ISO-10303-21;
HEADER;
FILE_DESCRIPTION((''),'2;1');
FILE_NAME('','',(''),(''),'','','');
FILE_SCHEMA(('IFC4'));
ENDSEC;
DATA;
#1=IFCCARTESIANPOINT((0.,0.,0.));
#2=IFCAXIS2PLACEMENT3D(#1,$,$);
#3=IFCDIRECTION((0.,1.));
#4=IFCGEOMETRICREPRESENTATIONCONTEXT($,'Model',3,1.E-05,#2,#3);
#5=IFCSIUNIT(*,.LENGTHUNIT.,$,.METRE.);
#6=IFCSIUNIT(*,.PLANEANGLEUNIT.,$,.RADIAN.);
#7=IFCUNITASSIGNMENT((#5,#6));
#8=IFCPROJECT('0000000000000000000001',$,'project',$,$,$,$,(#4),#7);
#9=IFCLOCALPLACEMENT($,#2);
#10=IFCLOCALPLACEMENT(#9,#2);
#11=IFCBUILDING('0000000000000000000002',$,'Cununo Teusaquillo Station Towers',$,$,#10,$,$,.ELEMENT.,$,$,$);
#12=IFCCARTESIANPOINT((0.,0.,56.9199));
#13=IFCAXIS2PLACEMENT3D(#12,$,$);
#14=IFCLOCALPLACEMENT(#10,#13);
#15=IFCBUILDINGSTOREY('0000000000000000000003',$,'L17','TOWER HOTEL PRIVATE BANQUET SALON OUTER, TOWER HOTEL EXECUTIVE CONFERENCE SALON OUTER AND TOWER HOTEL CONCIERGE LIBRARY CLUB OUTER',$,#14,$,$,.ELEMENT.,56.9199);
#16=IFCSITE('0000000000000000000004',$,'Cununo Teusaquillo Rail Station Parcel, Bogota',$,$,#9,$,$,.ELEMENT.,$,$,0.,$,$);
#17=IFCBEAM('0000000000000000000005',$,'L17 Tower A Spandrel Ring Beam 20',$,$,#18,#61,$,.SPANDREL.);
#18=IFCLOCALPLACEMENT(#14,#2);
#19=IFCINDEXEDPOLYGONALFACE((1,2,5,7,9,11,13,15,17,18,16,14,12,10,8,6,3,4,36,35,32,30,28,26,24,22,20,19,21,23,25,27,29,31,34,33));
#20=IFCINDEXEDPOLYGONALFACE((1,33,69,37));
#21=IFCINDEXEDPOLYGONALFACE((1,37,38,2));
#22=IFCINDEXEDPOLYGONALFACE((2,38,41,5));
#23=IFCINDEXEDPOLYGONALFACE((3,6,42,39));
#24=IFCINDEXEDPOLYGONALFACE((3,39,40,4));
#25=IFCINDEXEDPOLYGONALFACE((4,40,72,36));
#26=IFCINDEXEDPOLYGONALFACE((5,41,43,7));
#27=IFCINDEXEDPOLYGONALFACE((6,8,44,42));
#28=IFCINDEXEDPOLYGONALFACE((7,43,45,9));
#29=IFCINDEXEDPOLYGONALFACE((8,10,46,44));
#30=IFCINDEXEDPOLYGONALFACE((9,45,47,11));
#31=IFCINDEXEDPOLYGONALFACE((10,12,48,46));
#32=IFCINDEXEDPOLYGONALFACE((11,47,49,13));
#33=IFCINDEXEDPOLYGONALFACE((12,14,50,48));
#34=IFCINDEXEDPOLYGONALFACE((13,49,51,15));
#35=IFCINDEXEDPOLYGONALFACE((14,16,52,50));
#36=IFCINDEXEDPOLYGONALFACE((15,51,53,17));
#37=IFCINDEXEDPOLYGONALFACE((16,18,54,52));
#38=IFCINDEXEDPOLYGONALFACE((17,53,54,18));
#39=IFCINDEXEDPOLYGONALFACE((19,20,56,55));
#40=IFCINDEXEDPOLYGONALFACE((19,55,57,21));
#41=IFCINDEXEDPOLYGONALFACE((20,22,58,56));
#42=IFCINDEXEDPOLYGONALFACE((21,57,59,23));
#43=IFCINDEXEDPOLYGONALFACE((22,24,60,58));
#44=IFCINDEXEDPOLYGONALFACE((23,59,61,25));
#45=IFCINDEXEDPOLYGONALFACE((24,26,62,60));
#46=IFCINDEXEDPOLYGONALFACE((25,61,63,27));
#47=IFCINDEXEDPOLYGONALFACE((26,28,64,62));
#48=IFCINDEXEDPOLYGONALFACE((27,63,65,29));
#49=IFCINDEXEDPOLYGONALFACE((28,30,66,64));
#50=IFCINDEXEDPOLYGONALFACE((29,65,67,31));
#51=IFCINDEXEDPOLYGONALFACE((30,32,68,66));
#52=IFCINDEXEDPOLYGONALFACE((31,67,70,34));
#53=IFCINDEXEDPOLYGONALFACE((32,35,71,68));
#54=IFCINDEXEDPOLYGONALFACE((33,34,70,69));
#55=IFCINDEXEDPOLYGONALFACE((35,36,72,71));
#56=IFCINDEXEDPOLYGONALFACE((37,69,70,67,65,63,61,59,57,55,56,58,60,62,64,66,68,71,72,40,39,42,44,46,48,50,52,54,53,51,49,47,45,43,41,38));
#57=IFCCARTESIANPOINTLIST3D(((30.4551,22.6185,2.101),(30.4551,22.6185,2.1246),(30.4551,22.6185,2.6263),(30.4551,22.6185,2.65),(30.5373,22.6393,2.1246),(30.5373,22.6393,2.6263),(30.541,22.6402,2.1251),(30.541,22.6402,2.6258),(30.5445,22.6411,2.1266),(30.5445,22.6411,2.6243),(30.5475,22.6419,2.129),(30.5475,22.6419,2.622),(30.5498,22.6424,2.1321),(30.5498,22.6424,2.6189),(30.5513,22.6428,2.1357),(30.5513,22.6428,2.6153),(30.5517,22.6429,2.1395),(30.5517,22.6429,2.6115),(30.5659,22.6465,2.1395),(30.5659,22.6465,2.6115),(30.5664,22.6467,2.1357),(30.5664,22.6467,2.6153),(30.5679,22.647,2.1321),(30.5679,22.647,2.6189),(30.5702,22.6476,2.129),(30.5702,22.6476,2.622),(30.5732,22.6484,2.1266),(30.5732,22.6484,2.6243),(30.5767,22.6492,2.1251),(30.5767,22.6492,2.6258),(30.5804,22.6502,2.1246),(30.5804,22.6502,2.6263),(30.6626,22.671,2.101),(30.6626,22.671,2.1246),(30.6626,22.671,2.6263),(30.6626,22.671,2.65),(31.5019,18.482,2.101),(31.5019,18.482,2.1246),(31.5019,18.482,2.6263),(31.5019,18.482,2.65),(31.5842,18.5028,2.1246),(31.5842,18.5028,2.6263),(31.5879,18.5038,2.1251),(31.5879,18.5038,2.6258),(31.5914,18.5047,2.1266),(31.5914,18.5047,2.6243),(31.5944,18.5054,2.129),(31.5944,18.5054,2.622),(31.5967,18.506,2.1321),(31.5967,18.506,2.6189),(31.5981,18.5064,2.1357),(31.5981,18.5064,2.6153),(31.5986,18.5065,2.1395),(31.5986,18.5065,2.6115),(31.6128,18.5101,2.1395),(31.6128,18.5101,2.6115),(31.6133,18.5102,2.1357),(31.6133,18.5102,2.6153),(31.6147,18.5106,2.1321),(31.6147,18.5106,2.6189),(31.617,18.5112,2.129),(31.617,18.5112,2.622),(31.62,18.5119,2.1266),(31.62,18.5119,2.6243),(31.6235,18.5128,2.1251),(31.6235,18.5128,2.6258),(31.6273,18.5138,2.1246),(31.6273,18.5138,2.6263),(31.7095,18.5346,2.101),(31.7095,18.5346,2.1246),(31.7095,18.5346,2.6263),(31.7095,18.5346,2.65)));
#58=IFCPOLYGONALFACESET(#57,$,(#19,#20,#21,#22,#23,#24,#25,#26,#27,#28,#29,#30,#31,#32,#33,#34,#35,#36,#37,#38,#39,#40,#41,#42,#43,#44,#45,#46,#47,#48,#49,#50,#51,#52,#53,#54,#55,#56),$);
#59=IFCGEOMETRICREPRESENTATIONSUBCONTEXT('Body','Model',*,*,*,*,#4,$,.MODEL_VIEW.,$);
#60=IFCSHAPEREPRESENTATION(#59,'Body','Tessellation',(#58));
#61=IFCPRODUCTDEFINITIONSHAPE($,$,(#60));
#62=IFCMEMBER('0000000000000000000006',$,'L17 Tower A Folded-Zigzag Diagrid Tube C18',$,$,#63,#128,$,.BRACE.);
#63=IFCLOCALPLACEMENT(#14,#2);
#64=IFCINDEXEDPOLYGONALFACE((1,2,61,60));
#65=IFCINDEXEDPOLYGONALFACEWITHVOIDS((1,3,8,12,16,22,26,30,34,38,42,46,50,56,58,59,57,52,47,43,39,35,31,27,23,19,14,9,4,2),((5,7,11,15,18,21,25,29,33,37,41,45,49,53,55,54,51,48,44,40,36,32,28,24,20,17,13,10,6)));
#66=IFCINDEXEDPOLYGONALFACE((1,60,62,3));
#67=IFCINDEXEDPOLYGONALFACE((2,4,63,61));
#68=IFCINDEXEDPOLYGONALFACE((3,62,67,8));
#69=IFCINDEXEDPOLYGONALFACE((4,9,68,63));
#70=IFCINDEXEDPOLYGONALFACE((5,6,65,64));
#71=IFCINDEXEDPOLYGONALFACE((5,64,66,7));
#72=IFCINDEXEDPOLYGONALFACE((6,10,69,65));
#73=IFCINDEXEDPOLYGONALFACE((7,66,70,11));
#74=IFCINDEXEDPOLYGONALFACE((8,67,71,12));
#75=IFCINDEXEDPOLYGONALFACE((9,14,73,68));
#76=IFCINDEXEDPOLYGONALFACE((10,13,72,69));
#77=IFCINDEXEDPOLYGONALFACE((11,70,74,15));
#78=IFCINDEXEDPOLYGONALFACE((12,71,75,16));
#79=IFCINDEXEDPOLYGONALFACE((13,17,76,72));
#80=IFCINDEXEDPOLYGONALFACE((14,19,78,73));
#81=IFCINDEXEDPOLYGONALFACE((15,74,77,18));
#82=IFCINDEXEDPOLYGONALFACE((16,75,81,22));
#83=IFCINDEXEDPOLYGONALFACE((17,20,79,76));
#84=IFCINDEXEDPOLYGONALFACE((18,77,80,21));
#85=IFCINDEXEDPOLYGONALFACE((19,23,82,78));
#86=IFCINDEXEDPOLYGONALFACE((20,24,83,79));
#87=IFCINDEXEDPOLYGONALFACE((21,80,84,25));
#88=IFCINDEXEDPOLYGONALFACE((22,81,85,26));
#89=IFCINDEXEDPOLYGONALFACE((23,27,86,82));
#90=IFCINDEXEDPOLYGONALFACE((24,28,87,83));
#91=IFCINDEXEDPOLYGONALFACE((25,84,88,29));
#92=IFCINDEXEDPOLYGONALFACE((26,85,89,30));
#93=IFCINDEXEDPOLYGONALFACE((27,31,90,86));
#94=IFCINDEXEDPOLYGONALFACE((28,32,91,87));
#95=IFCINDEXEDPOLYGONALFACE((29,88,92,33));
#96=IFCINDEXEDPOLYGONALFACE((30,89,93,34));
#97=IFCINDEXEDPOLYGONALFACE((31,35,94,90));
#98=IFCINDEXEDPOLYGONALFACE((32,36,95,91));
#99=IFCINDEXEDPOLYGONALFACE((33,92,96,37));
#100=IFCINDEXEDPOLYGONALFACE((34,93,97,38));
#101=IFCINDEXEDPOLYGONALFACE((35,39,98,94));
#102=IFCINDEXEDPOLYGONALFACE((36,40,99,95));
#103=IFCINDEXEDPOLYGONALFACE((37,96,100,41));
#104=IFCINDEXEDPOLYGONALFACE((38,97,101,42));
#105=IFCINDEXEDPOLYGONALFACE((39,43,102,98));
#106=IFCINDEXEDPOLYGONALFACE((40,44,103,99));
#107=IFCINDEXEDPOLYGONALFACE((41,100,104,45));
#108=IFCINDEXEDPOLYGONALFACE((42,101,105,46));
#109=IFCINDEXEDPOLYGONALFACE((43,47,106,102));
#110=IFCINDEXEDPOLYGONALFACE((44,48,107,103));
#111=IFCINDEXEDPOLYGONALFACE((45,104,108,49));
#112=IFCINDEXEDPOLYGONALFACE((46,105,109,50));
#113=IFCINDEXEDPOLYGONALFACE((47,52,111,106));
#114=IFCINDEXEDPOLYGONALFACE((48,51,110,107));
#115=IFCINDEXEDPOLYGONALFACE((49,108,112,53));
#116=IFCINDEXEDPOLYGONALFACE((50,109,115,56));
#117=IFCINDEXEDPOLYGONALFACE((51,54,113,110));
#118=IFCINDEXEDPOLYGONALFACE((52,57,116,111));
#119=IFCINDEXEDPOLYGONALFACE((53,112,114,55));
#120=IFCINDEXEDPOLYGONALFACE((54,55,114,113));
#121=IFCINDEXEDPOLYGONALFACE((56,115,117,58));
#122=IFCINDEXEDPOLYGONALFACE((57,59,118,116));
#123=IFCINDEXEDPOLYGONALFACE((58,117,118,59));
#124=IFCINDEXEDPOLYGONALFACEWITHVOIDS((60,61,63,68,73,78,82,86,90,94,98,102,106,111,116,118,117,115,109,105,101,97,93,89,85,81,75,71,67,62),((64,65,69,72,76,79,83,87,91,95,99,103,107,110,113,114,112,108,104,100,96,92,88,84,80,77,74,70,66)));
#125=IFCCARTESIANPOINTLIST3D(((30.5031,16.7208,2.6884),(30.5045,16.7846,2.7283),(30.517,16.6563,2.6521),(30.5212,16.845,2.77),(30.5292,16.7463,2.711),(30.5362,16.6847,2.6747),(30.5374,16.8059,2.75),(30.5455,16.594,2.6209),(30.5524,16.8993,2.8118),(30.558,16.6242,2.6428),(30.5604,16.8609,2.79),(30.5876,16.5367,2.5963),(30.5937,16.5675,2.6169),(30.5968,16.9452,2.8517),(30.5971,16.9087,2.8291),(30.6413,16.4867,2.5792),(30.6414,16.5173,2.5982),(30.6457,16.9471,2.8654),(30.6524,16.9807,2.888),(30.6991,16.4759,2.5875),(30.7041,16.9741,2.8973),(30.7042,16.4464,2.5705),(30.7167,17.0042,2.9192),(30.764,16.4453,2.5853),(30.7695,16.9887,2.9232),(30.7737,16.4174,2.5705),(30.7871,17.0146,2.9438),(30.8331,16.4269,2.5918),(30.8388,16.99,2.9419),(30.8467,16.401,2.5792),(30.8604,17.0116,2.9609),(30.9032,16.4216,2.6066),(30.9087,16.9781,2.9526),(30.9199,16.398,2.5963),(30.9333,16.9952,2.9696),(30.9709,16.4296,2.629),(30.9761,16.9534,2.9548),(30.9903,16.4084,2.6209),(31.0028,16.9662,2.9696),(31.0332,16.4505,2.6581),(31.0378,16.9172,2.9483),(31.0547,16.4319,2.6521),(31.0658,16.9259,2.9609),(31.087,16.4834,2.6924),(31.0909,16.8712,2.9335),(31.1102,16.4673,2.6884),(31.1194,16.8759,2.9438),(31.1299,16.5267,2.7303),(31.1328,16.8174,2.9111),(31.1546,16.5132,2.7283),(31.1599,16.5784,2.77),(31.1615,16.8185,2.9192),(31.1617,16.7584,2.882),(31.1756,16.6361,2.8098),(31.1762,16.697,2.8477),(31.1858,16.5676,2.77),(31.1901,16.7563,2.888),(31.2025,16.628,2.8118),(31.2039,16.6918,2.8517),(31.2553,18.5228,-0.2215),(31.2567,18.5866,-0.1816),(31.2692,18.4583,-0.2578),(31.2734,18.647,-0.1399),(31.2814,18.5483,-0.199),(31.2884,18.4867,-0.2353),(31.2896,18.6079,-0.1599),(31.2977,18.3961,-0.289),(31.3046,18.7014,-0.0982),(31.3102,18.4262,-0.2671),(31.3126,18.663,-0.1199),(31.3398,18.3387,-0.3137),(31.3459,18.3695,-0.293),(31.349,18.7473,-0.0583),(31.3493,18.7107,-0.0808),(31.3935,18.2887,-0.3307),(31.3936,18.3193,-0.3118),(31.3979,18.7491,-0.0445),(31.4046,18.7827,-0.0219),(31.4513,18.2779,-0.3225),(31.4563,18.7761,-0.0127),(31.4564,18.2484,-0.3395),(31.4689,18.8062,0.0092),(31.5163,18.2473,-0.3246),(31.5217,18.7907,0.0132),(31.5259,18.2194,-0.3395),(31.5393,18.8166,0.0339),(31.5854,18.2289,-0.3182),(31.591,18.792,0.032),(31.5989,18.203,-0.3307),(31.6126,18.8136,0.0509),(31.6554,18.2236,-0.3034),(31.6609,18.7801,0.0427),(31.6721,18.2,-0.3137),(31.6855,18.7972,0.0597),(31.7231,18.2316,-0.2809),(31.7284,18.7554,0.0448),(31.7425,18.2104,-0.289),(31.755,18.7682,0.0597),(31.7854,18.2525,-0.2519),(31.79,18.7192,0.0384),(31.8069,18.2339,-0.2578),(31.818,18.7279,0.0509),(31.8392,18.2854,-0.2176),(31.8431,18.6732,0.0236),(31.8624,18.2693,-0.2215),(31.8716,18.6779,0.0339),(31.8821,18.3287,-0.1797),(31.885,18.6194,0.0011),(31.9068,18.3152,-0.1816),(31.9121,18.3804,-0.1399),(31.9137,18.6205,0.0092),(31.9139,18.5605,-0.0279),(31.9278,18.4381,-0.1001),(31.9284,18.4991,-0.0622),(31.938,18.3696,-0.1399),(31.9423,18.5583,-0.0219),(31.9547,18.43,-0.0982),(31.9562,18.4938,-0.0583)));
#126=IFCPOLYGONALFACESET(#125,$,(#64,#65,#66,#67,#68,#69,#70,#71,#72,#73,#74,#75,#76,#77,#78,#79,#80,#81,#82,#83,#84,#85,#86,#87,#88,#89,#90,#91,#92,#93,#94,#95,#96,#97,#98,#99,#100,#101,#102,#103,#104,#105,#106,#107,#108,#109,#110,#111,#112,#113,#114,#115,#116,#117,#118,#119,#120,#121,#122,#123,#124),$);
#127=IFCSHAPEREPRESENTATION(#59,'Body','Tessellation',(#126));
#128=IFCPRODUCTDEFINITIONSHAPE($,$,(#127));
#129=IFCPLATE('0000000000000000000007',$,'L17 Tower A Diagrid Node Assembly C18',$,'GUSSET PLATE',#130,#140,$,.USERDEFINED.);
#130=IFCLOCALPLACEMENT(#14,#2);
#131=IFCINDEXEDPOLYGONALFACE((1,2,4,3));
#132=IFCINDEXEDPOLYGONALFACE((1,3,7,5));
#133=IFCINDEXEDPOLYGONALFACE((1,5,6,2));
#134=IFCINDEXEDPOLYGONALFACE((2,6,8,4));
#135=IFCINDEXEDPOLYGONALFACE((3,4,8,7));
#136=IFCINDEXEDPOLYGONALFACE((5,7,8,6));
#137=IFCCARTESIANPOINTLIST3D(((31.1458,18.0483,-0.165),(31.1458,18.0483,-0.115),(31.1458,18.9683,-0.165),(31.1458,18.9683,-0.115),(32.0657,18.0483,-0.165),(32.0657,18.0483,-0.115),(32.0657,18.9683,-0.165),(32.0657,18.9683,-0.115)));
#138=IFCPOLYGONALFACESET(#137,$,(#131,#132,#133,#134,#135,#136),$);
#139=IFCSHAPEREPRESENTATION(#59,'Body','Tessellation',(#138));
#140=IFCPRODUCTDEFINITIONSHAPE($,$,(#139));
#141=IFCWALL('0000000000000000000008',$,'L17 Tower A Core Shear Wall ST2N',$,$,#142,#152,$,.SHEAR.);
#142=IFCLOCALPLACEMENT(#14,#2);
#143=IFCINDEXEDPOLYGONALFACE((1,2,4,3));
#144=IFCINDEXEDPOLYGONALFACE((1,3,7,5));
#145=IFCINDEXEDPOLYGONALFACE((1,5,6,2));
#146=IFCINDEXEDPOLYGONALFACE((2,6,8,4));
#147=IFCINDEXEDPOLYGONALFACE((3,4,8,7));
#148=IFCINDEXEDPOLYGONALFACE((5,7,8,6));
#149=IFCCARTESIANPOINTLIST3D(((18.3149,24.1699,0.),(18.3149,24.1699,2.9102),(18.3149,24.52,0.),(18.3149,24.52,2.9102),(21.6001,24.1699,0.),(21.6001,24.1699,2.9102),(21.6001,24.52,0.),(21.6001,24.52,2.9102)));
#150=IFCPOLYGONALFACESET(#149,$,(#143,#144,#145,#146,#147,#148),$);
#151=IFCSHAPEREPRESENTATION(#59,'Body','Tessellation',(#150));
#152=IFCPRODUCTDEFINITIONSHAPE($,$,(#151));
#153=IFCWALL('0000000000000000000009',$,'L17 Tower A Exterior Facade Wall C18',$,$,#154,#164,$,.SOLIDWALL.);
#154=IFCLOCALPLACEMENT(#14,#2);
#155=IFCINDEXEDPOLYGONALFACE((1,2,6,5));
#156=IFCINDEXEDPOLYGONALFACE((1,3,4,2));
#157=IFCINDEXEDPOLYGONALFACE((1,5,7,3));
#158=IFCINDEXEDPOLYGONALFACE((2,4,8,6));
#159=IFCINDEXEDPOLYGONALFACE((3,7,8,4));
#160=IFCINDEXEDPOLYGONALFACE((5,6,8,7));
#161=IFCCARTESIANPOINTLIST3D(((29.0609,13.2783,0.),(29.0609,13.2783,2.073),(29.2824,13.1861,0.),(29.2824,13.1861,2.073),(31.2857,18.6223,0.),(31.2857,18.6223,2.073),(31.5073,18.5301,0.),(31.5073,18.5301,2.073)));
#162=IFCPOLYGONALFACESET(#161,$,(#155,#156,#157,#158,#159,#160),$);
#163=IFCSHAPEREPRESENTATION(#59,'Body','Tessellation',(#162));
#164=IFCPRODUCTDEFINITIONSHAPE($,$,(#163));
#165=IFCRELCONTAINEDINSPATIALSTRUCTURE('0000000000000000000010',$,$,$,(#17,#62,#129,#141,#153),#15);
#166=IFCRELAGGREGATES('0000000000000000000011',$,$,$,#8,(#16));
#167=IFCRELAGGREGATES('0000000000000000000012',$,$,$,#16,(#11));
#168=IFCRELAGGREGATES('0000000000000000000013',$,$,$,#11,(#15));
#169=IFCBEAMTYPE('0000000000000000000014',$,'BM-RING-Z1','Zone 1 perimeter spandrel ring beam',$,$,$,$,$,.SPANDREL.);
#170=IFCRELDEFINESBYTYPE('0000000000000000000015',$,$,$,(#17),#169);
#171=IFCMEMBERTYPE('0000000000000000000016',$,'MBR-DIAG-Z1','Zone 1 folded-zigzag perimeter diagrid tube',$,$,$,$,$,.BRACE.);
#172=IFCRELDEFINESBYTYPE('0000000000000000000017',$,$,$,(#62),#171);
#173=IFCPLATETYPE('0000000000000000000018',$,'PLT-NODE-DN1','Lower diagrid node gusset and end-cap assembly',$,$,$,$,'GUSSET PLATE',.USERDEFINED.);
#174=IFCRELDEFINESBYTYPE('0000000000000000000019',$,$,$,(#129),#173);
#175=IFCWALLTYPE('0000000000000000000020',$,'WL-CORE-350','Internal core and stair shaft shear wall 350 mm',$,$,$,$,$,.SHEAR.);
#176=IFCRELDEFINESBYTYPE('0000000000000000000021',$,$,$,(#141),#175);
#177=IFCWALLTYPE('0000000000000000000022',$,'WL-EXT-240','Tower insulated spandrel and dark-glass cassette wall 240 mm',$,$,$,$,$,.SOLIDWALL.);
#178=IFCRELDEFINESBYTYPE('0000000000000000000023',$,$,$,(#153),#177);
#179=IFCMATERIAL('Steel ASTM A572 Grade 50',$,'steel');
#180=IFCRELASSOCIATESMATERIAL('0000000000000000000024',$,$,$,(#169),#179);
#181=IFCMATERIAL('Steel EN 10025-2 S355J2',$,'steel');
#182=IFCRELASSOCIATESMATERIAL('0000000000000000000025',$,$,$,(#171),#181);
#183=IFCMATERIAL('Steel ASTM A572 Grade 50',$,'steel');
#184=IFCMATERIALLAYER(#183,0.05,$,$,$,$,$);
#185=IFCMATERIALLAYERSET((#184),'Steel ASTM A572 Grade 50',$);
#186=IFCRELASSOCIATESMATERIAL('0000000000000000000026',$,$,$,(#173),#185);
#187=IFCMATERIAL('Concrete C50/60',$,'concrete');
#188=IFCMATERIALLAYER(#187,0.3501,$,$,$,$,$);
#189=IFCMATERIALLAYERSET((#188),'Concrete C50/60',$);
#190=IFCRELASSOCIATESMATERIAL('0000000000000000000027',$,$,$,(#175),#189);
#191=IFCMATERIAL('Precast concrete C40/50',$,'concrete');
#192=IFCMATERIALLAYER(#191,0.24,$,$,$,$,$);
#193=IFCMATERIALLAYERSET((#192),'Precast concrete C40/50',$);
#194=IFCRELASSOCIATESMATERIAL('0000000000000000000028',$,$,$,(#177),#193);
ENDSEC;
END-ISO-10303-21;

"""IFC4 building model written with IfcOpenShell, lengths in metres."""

from ifc_helpers import new_model, si_unit, direction, frame, frame_2d, origin, origin_2d, place, context, subcontext, project, spatial, rectangle, hollow_circle, i_section, extrude, source, transform, mapped, material, layer, layer_set, material_profile, profile_set, type_object, element, save


model = new_model("IFC4")

# Units and contexts
model_context = context("Model", 3, precision=1e-05, world=origin(), true_north=direction((0.0, 1.0)))
body_context = subcontext(model_context, "Body", "Model", "MODEL_VIEW")
ifc_project = project(units=[si_unit("LENGTHUNIT", "METRE"), si_unit("PLANEANGLEUNIT", "RADIAN")], contexts=[model_context])

# Site, building, storey
site_placement = place(None, origin())
site = spatial("IfcSite", under=ifc_project, at=site_placement, Name="Cununo Teusaquillo Rail Station Parcel, Bogota", CompositionType="ELEMENT", RefElevation=0.0)
building_placement = place(site_placement, origin())
building = spatial("IfcBuilding", under=site, at=building_placement, Name="Cununo Teusaquillo Station Towers", CompositionType="ELEMENT")
storey_placement = place(building_placement, frame((0.0, 0.0, 56.9199)))
storey = spatial("IfcBuildingStorey", under=building, at=storey_placement, Name="L17", Description="TOWER HOTEL PRIVATE BANQUET SALON OUTER, TOWER HOTEL EXECUTIVE CONFERENCE SALON OUTER AND TOWER HOTEL CONCIERGE LIBRARY CLUB OUTER", CompositionType="ELEMENT", Elevation=56.9199)

# Beam
ifc_material_1 = material(Name="Steel ASTM A572 Grade 50", Category="steel")
ifc_material_profile_1 = material_profile(ifc_material_1, i_section(OverallWidth=0.2141, OverallDepth=0.5491, WebThickness=0.0146, FlangeThickness=0.0237, FilletRadius=0.0149, at=origin_2d()), Name="W21X93")
ifc_profile_set_1 = profile_set([ifc_material_profile_1], Name="Steel ASTM A572 Grade 50")
beam_type_1 = type_object("IfcBeamType", Name="BM-RING-Z1", Description="Zone 1 perimeter spandrel ring beam", PredefinedType="SPANDREL", material=ifc_profile_set_1)
beam_1_placement = place(storey_placement, frame((31.6057, 18.5083, 2.3755), z_axis=(-0.245348, 0.969435, 0.0), x_axis=(-0.969435, -0.245348, 0.0)))
element("IfcBeam", 1, at=beam_1_placement, inside=storey, type_object=beam_type_1, Name="L17 Tower A Spandrel Ring Beam 20", PredefinedType="SPANDREL", context=body_context, shape_type="SweptSolid", body=[
    extrude(i_section(OverallWidth=0.2141, OverallDepth=0.5491, WebThickness=0.0146, FlangeThickness=0.0237, FilletRadius=0.0149, at=origin_2d()), origin(), (0.0, 0.0, 1.0), 4.2668),
])

# Member
ifc_material_2 = material(Name="Steel EN 10025-2 S355J2", Category="steel")
ifc_material_profile_2 = material_profile(ifc_material_2, hollow_circle(Radius=0.3601, WallThickness=0.0281, at=origin_2d()), Name="CHS 720x28")
ifc_profile_set_2 = profile_set([ifc_material_profile_2], Name="Steel EN 10025-2 S355J2")
member_type = type_object("IfcMemberType", Name="MBR-DIAG-Z1", Description="Zone 1 folded-zigzag perimeter diagrid tube", PredefinedType="BRACE", material=ifc_profile_set_2)
member_placement = place(storey_placement, frame((31.6057, 18.5083, -0.1399), z_axis=(-0.214646, -0.514216, 0.830367), x_axis=(0.922829, -0.38521, 0.0)))
element("IfcMember", 2, at=member_placement, inside=storey, type_object=member_type, Name="L17 Tower A Folded-Zigzag Diagrid Tube C18", PredefinedType="BRACE", context=body_context, shape_type="SweptSolid", body=[
    extrude(hollow_circle(Radius=0.3601, WallThickness=0.0281, at=origin_2d()), origin(), (0.0, 0.0, 1.0), 3.5044),
])

# Plate
ifc_material_3 = material(Name="Steel ASTM A572 Grade 50", Category="steel")
ifc_layer_1 = layer(ifc_material_3, 0.05)
ifc_layer_set_1 = layer_set([ifc_layer_1], Name="Steel ASTM A572 Grade 50")
plate_type = type_object("IfcPlateType", Name="PLT-NODE-DN1", Description="Lower diagrid node gusset and end-cap assembly", ElementType="GUSSET PLATE", PredefinedType="USERDEFINED", material=ifc_layer_set_1)
shared_shape_1 = source(origin(), body_context, "Body", "SweptSolid", [
    extrude(rectangle(XDim=0.9199, YDim=0.9199, at=origin_2d()), origin(), (0.0, 0.0, 1.0), 0.05),
])
plate_placement = place(storey_placement, frame((31.6057, 18.5083, -0.165), z_axis=(0.0, 0.0, 1.0), x_axis=(1.0, 0.0, 0.0)))
element("IfcPlate", 3, at=plate_placement, inside=storey, type_object=plate_type, Name="L17 Tower A Diagrid Node Assembly C18", ObjectType="GUSSET PLATE", PredefinedType="USERDEFINED", context=body_context, shape_type="MappedRepresentation", body=[
    mapped(shared_shape_1, transform((0.0, 0.0, 0.0), x_axis=(1.0, 0.0, 0.0), y_axis=(0.0, 1.0, 0.0), z_axis=(0.0, 0.0, 1.0), scale=1.0)),
])

# Walls
ifc_material_4 = material(Name="Concrete C50/60", Category="concrete")
ifc_layer_2 = layer(ifc_material_4, 0.3501)
ifc_layer_set_2 = layer_set([ifc_layer_2], Name="Concrete C50/60")
wall_type_1 = type_object("IfcWallType", Name="WL-CORE-350", Description="Internal core and stair shaft shear wall 350 mm", PredefinedType="SHEAR", material=ifc_layer_set_2)
wall_1_placement = place(storey_placement, frame((18.3149, 24.345, 0.0), z_axis=(0.0, 0.0, 1.0), x_axis=(1.0, 0.0, 0.0)))
element("IfcWall", 4, at=wall_1_placement, inside=storey, type_object=wall_type_1, Name="L17 Tower A Core Shear Wall ST2N", PredefinedType="SHEAR", context=body_context, shape_type="SweptSolid", body=[
    extrude(rectangle(XDim=3.2852, YDim=0.3501, at=frame_2d((1.6426, 0.0))), origin(), (0.0, 0.0, 1.0), 2.9102),
])
ifc_material_5 = material(Name="Precast concrete C40/50", Category="concrete")
ifc_layer_3 = layer(ifc_material_5, 0.24)
ifc_layer_set_3 = layer_set([ifc_layer_3], Name="Precast concrete C40/50")
wall_type_2 = type_object("IfcWallType", Name="WL-EXT-240", Description="Tower insulated spandrel and dark-glass cassette wall 240 mm", PredefinedType="SOLIDWALL", material=ifc_layer_set_3)
wall_2_placement = place(storey_placement, frame((31.3965, 18.5762, 0.0), z_axis=(0.0, 0.0, 1.0), x_axis=(-0.384349, -0.923188, 0.0)))
element("IfcWall", 5, at=wall_2_placement, inside=storey, type_object=wall_type_2, Name="L17 Tower A Exterior Facade Wall C18", PredefinedType="SOLIDWALL", context=body_context, shape_type="SweptSolid", body=[
    extrude(rectangle(XDim=5.7886, YDim=0.24, at=frame_2d((2.8943, 0.0))), origin(), (0.0, 0.0, 1.0), 2.073),
])

save(model, "model.ifc")
